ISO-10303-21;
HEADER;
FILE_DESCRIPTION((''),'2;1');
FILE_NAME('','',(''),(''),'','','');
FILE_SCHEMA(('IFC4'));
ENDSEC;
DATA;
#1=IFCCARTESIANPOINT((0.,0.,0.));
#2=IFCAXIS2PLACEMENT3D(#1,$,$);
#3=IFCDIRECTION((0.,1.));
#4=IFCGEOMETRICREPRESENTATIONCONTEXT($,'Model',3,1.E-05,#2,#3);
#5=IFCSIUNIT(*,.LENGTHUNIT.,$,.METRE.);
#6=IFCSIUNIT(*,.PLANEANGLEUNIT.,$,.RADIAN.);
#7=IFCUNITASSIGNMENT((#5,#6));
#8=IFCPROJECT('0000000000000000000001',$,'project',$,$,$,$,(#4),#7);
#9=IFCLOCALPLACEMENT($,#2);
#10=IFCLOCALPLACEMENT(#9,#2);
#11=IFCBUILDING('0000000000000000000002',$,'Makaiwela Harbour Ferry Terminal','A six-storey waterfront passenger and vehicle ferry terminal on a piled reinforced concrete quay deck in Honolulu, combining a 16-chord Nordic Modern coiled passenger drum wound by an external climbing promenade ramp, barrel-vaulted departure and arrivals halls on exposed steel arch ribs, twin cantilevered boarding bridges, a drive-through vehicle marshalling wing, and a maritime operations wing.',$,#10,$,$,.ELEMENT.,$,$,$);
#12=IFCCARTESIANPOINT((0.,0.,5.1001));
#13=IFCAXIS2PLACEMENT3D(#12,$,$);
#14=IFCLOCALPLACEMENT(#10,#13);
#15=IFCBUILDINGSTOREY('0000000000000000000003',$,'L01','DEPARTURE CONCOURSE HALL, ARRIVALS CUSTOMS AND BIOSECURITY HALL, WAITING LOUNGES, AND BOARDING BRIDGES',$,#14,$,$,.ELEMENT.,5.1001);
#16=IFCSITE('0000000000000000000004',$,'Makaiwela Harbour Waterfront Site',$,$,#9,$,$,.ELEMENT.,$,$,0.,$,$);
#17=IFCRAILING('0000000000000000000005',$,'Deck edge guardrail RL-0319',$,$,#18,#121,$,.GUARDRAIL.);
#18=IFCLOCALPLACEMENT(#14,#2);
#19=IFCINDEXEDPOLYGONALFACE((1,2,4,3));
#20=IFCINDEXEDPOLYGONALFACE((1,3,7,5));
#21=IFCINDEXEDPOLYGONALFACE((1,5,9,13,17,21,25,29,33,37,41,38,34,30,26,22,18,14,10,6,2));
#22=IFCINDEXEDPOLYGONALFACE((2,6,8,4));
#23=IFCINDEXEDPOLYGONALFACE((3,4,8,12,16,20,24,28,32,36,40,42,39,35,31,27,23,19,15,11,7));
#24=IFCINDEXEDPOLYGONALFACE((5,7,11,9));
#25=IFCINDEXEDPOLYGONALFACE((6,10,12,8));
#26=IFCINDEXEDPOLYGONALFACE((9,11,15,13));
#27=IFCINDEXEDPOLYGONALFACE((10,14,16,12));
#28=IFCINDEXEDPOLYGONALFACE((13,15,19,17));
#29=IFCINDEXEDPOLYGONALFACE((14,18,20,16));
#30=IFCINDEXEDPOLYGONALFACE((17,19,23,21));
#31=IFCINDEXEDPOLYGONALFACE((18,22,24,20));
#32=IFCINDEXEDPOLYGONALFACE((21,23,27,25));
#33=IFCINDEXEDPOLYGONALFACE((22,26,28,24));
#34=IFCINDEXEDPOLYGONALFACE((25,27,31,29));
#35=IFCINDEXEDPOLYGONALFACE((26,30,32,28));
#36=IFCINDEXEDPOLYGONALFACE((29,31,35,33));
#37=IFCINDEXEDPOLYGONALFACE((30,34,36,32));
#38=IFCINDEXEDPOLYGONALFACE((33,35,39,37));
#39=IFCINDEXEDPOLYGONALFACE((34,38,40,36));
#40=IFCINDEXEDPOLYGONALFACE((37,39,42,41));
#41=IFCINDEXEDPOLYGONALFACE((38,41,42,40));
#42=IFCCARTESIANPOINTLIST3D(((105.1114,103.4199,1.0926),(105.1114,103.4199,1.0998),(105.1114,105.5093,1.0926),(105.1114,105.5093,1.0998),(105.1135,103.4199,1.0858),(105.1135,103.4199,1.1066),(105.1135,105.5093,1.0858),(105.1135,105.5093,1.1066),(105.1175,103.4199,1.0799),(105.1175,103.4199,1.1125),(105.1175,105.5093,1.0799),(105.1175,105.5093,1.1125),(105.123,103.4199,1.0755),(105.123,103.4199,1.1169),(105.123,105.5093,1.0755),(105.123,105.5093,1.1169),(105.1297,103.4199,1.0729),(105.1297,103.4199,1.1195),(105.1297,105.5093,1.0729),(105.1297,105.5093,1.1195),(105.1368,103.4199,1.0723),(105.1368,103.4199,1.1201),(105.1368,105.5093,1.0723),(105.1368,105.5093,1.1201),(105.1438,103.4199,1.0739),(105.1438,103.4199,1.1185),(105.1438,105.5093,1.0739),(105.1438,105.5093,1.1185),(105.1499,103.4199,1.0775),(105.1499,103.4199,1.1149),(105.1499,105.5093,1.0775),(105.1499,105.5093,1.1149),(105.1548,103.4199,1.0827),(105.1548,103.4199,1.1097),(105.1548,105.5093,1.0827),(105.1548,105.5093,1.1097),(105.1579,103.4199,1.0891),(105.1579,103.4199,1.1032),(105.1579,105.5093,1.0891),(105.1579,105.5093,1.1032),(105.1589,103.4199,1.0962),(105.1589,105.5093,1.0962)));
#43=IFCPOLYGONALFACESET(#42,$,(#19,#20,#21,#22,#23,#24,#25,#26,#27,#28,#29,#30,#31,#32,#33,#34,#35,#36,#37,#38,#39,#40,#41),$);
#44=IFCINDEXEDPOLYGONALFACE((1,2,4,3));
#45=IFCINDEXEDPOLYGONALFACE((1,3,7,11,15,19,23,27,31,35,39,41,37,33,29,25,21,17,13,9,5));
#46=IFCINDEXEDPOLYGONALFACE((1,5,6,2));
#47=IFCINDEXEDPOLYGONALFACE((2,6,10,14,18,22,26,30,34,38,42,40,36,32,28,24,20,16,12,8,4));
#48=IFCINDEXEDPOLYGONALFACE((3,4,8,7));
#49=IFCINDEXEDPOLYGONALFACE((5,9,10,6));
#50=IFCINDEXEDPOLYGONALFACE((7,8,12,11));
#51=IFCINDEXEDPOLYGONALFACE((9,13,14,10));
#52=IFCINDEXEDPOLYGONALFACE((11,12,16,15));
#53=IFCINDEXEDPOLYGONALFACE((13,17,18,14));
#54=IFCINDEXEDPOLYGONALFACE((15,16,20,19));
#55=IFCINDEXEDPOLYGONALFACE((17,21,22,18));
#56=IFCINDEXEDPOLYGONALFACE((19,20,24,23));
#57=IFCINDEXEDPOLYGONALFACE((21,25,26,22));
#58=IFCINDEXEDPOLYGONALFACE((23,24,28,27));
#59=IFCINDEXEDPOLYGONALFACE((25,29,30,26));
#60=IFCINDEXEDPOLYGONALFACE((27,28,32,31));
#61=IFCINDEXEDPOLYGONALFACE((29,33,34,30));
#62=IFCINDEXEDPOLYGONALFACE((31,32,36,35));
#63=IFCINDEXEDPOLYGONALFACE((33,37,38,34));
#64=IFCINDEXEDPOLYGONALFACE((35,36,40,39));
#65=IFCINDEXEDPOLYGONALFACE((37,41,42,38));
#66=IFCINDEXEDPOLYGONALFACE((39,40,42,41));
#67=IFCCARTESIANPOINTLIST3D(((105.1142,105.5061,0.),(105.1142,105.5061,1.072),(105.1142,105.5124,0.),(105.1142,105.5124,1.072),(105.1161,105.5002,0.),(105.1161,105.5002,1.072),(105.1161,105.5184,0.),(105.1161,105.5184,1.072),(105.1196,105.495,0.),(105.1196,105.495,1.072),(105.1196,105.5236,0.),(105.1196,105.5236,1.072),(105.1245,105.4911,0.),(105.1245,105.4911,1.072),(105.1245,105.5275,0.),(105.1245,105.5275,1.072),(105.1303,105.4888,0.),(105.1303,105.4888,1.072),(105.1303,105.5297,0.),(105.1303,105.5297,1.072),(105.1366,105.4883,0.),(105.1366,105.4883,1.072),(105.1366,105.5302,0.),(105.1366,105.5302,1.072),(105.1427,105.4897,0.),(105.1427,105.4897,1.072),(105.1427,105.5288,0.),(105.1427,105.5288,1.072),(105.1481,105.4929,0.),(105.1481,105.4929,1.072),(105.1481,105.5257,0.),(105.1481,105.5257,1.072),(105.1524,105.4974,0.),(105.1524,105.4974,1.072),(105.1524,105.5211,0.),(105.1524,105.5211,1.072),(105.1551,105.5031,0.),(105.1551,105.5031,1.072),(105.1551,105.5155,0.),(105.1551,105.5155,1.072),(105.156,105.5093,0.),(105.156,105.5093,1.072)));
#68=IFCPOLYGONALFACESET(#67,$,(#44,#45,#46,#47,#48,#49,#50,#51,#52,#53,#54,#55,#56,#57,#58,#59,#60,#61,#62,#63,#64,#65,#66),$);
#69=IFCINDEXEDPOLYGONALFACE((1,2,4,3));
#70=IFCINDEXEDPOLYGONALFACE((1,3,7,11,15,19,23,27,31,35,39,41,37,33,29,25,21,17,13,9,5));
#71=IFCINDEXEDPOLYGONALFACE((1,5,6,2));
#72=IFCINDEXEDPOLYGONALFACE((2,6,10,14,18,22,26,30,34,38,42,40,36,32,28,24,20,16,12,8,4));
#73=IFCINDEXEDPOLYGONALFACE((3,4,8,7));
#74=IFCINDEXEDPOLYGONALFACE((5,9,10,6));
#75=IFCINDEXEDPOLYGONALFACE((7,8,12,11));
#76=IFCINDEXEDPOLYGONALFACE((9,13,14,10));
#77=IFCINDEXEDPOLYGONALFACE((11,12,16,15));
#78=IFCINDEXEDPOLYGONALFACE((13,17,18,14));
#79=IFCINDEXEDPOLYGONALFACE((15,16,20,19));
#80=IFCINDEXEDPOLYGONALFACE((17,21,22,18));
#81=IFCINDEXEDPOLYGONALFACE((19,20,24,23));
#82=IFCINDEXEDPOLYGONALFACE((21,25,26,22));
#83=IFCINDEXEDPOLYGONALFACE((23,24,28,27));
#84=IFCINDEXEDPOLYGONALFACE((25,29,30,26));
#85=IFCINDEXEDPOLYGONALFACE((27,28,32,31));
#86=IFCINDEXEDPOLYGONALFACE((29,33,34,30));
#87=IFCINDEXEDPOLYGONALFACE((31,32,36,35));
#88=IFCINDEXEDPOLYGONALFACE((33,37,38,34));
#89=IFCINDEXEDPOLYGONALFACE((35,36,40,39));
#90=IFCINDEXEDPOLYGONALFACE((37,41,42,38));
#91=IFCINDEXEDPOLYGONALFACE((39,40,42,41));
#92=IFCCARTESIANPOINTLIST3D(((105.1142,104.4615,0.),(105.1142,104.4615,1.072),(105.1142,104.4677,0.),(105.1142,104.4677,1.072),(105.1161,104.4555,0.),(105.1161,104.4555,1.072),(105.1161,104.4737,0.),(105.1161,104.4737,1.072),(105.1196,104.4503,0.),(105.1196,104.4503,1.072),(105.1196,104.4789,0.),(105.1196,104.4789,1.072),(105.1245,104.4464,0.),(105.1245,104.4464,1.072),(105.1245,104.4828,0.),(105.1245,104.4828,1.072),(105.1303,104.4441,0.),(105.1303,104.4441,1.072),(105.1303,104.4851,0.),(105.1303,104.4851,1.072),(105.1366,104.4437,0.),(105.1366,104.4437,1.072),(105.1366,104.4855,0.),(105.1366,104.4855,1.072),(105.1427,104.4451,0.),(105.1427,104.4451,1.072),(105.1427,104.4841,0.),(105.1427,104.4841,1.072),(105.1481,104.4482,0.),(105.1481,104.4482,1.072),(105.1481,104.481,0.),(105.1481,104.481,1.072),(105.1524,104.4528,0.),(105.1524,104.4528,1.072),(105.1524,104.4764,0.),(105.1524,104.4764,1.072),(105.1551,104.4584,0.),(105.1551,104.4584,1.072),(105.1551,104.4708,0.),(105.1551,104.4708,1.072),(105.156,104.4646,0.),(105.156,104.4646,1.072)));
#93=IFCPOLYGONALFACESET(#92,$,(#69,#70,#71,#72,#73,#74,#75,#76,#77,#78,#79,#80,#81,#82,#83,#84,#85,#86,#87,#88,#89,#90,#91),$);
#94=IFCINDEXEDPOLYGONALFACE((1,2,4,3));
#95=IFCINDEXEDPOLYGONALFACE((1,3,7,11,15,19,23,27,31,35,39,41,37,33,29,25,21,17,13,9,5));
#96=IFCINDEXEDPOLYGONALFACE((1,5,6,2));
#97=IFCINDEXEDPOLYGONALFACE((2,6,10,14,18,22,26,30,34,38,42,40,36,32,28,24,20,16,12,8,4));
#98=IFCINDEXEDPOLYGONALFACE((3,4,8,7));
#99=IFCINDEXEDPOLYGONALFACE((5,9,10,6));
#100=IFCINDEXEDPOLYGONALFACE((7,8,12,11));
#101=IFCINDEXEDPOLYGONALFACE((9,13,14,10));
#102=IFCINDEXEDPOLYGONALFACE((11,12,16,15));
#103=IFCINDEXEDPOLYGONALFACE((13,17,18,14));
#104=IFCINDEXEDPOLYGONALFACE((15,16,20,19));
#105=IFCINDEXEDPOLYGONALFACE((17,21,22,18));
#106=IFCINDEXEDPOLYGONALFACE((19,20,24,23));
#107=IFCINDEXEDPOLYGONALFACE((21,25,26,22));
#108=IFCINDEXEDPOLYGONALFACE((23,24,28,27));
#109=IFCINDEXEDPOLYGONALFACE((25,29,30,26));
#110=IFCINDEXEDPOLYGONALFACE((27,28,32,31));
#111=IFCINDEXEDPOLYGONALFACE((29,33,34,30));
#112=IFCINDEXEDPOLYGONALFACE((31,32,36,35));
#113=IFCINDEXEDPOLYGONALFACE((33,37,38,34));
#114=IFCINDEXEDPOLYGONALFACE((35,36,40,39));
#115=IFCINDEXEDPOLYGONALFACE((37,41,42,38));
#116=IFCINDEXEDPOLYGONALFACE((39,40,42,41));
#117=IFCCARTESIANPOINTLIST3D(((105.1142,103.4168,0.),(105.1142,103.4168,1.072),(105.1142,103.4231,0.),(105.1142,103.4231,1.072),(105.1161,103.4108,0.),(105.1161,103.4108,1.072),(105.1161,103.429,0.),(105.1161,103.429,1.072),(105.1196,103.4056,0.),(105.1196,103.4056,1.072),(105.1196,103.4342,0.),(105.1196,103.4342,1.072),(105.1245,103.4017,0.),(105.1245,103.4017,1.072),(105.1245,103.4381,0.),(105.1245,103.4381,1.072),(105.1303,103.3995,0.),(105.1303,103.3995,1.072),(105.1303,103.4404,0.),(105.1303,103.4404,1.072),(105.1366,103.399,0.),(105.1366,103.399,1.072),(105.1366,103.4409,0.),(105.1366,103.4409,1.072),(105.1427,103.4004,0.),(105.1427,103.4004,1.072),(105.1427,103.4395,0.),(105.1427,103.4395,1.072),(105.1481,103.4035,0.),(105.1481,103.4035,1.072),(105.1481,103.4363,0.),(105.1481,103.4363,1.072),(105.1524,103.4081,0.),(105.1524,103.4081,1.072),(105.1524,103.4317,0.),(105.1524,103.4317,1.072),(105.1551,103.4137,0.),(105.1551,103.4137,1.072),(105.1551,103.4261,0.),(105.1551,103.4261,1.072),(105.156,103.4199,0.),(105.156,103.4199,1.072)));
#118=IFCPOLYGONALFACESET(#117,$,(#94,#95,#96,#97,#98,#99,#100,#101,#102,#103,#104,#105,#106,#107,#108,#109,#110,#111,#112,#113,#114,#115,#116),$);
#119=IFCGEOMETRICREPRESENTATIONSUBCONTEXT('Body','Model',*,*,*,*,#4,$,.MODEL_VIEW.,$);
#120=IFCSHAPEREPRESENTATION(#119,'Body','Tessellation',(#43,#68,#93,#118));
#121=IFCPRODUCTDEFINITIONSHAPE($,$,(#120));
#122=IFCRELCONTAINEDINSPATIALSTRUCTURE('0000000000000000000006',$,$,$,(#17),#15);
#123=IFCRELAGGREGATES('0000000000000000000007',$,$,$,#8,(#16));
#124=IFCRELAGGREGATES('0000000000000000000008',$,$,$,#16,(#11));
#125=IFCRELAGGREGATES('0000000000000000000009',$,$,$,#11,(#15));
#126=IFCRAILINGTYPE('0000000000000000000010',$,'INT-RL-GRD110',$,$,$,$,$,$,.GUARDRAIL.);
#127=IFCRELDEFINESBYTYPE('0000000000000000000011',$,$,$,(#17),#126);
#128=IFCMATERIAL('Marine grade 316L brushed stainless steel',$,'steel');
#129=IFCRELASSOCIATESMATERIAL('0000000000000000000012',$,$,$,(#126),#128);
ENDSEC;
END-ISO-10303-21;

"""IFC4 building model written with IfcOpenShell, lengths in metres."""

from ifc_helpers import new_model, si_unit, direction, frame, origin, origin_2d, place, context, subcontext, project, spatial, circle, extrude, material, type_object, element, save


model = new_model("IFC4")

# Units and contexts
model_context = context("Model", 3, precision=1e-05, world=origin(), true_north=direction((0.0, 1.0)))
body_context = subcontext(model_context, "Body", "Model", "MODEL_VIEW")
ifc_project = project(units=[si_unit("LENGTHUNIT", "METRE"), si_unit("PLANEANGLEUNIT", "RADIAN")], contexts=[model_context])

# Site, building, storey
site_placement = place(None, origin())
site = spatial("IfcSite", under=ifc_project, at=site_placement, Name="Makaiwela Harbour Waterfront Site", CompositionType="ELEMENT", RefElevation=0.0)
building_placement = place(site_placement, origin())
building = spatial("IfcBuilding", under=site, at=building_placement, Name="Makaiwela Harbour Ferry Terminal", Description="A six-storey waterfront passenger and vehicle ferry terminal on a piled reinforced concrete quay deck in Honolulu, combining a 16-chord Nordic Modern coiled passenger drum wound by an external climbing promenade ramp, barrel-vaulted departure and arrivals halls on exposed steel arch ribs, twin cantilevered boarding bridges, a drive-through vehicle marshalling wing, and a maritime operations wing.", CompositionType="ELEMENT")
storey_placement = place(building_placement, frame((0.0, 0.0, 5.1001)))
storey = spatial("IfcBuildingStorey", under=building, at=storey_placement, Name="L01", Description="DEPARTURE CONCOURSE HALL, ARRIVALS CUSTOMS AND BIOSECURITY HALL, WAITING LOUNGES, AND BOARDING BRIDGES", CompositionType="ELEMENT", Elevation=5.1001)

# Railing
ifc_material_1 = material(Name="Marine grade 316L brushed stainless steel", Category="steel")
railing_type = type_object("IfcRailingType", Name="INT-RL-GRD110", PredefinedType="GUARDRAIL", material=ifc_material_1)
railing_1_placement = place(storey_placement, frame((105.135, 105.5093, 0.0)))
element("IfcRailing", 1, at=railing_1_placement, inside=storey, type_object=railing_type, Name="Deck edge guardrail RL-0319", PredefinedType="GUARDRAIL", context=body_context, shape_type="SweptSolid", body=[
    extrude(circle(Radius=0.0239, at=origin_2d()), frame((0.0, 0.0, 1.0962), z_axis=(0.0, -1.0, 0.0), x_axis=(1.0, 0.0, 0.0)), (0.0, 0.0, 1.0), 2.0894),
    extrude(circle(Radius=0.021, at=origin_2d()), origin(), (0.0, 0.0, 1.0), 1.072),
    extrude(circle(Radius=0.021, at=origin_2d()), frame((0.0, -1.0447, 0.0)), (0.0, 0.0, 1.0), 1.072),
    extrude(circle(Radius=0.021, at=origin_2d()), frame((0.0, -2.0894, 0.0)), (0.0, 0.0, 1.0), 1.072),
])

save(model, "model.ifc")
